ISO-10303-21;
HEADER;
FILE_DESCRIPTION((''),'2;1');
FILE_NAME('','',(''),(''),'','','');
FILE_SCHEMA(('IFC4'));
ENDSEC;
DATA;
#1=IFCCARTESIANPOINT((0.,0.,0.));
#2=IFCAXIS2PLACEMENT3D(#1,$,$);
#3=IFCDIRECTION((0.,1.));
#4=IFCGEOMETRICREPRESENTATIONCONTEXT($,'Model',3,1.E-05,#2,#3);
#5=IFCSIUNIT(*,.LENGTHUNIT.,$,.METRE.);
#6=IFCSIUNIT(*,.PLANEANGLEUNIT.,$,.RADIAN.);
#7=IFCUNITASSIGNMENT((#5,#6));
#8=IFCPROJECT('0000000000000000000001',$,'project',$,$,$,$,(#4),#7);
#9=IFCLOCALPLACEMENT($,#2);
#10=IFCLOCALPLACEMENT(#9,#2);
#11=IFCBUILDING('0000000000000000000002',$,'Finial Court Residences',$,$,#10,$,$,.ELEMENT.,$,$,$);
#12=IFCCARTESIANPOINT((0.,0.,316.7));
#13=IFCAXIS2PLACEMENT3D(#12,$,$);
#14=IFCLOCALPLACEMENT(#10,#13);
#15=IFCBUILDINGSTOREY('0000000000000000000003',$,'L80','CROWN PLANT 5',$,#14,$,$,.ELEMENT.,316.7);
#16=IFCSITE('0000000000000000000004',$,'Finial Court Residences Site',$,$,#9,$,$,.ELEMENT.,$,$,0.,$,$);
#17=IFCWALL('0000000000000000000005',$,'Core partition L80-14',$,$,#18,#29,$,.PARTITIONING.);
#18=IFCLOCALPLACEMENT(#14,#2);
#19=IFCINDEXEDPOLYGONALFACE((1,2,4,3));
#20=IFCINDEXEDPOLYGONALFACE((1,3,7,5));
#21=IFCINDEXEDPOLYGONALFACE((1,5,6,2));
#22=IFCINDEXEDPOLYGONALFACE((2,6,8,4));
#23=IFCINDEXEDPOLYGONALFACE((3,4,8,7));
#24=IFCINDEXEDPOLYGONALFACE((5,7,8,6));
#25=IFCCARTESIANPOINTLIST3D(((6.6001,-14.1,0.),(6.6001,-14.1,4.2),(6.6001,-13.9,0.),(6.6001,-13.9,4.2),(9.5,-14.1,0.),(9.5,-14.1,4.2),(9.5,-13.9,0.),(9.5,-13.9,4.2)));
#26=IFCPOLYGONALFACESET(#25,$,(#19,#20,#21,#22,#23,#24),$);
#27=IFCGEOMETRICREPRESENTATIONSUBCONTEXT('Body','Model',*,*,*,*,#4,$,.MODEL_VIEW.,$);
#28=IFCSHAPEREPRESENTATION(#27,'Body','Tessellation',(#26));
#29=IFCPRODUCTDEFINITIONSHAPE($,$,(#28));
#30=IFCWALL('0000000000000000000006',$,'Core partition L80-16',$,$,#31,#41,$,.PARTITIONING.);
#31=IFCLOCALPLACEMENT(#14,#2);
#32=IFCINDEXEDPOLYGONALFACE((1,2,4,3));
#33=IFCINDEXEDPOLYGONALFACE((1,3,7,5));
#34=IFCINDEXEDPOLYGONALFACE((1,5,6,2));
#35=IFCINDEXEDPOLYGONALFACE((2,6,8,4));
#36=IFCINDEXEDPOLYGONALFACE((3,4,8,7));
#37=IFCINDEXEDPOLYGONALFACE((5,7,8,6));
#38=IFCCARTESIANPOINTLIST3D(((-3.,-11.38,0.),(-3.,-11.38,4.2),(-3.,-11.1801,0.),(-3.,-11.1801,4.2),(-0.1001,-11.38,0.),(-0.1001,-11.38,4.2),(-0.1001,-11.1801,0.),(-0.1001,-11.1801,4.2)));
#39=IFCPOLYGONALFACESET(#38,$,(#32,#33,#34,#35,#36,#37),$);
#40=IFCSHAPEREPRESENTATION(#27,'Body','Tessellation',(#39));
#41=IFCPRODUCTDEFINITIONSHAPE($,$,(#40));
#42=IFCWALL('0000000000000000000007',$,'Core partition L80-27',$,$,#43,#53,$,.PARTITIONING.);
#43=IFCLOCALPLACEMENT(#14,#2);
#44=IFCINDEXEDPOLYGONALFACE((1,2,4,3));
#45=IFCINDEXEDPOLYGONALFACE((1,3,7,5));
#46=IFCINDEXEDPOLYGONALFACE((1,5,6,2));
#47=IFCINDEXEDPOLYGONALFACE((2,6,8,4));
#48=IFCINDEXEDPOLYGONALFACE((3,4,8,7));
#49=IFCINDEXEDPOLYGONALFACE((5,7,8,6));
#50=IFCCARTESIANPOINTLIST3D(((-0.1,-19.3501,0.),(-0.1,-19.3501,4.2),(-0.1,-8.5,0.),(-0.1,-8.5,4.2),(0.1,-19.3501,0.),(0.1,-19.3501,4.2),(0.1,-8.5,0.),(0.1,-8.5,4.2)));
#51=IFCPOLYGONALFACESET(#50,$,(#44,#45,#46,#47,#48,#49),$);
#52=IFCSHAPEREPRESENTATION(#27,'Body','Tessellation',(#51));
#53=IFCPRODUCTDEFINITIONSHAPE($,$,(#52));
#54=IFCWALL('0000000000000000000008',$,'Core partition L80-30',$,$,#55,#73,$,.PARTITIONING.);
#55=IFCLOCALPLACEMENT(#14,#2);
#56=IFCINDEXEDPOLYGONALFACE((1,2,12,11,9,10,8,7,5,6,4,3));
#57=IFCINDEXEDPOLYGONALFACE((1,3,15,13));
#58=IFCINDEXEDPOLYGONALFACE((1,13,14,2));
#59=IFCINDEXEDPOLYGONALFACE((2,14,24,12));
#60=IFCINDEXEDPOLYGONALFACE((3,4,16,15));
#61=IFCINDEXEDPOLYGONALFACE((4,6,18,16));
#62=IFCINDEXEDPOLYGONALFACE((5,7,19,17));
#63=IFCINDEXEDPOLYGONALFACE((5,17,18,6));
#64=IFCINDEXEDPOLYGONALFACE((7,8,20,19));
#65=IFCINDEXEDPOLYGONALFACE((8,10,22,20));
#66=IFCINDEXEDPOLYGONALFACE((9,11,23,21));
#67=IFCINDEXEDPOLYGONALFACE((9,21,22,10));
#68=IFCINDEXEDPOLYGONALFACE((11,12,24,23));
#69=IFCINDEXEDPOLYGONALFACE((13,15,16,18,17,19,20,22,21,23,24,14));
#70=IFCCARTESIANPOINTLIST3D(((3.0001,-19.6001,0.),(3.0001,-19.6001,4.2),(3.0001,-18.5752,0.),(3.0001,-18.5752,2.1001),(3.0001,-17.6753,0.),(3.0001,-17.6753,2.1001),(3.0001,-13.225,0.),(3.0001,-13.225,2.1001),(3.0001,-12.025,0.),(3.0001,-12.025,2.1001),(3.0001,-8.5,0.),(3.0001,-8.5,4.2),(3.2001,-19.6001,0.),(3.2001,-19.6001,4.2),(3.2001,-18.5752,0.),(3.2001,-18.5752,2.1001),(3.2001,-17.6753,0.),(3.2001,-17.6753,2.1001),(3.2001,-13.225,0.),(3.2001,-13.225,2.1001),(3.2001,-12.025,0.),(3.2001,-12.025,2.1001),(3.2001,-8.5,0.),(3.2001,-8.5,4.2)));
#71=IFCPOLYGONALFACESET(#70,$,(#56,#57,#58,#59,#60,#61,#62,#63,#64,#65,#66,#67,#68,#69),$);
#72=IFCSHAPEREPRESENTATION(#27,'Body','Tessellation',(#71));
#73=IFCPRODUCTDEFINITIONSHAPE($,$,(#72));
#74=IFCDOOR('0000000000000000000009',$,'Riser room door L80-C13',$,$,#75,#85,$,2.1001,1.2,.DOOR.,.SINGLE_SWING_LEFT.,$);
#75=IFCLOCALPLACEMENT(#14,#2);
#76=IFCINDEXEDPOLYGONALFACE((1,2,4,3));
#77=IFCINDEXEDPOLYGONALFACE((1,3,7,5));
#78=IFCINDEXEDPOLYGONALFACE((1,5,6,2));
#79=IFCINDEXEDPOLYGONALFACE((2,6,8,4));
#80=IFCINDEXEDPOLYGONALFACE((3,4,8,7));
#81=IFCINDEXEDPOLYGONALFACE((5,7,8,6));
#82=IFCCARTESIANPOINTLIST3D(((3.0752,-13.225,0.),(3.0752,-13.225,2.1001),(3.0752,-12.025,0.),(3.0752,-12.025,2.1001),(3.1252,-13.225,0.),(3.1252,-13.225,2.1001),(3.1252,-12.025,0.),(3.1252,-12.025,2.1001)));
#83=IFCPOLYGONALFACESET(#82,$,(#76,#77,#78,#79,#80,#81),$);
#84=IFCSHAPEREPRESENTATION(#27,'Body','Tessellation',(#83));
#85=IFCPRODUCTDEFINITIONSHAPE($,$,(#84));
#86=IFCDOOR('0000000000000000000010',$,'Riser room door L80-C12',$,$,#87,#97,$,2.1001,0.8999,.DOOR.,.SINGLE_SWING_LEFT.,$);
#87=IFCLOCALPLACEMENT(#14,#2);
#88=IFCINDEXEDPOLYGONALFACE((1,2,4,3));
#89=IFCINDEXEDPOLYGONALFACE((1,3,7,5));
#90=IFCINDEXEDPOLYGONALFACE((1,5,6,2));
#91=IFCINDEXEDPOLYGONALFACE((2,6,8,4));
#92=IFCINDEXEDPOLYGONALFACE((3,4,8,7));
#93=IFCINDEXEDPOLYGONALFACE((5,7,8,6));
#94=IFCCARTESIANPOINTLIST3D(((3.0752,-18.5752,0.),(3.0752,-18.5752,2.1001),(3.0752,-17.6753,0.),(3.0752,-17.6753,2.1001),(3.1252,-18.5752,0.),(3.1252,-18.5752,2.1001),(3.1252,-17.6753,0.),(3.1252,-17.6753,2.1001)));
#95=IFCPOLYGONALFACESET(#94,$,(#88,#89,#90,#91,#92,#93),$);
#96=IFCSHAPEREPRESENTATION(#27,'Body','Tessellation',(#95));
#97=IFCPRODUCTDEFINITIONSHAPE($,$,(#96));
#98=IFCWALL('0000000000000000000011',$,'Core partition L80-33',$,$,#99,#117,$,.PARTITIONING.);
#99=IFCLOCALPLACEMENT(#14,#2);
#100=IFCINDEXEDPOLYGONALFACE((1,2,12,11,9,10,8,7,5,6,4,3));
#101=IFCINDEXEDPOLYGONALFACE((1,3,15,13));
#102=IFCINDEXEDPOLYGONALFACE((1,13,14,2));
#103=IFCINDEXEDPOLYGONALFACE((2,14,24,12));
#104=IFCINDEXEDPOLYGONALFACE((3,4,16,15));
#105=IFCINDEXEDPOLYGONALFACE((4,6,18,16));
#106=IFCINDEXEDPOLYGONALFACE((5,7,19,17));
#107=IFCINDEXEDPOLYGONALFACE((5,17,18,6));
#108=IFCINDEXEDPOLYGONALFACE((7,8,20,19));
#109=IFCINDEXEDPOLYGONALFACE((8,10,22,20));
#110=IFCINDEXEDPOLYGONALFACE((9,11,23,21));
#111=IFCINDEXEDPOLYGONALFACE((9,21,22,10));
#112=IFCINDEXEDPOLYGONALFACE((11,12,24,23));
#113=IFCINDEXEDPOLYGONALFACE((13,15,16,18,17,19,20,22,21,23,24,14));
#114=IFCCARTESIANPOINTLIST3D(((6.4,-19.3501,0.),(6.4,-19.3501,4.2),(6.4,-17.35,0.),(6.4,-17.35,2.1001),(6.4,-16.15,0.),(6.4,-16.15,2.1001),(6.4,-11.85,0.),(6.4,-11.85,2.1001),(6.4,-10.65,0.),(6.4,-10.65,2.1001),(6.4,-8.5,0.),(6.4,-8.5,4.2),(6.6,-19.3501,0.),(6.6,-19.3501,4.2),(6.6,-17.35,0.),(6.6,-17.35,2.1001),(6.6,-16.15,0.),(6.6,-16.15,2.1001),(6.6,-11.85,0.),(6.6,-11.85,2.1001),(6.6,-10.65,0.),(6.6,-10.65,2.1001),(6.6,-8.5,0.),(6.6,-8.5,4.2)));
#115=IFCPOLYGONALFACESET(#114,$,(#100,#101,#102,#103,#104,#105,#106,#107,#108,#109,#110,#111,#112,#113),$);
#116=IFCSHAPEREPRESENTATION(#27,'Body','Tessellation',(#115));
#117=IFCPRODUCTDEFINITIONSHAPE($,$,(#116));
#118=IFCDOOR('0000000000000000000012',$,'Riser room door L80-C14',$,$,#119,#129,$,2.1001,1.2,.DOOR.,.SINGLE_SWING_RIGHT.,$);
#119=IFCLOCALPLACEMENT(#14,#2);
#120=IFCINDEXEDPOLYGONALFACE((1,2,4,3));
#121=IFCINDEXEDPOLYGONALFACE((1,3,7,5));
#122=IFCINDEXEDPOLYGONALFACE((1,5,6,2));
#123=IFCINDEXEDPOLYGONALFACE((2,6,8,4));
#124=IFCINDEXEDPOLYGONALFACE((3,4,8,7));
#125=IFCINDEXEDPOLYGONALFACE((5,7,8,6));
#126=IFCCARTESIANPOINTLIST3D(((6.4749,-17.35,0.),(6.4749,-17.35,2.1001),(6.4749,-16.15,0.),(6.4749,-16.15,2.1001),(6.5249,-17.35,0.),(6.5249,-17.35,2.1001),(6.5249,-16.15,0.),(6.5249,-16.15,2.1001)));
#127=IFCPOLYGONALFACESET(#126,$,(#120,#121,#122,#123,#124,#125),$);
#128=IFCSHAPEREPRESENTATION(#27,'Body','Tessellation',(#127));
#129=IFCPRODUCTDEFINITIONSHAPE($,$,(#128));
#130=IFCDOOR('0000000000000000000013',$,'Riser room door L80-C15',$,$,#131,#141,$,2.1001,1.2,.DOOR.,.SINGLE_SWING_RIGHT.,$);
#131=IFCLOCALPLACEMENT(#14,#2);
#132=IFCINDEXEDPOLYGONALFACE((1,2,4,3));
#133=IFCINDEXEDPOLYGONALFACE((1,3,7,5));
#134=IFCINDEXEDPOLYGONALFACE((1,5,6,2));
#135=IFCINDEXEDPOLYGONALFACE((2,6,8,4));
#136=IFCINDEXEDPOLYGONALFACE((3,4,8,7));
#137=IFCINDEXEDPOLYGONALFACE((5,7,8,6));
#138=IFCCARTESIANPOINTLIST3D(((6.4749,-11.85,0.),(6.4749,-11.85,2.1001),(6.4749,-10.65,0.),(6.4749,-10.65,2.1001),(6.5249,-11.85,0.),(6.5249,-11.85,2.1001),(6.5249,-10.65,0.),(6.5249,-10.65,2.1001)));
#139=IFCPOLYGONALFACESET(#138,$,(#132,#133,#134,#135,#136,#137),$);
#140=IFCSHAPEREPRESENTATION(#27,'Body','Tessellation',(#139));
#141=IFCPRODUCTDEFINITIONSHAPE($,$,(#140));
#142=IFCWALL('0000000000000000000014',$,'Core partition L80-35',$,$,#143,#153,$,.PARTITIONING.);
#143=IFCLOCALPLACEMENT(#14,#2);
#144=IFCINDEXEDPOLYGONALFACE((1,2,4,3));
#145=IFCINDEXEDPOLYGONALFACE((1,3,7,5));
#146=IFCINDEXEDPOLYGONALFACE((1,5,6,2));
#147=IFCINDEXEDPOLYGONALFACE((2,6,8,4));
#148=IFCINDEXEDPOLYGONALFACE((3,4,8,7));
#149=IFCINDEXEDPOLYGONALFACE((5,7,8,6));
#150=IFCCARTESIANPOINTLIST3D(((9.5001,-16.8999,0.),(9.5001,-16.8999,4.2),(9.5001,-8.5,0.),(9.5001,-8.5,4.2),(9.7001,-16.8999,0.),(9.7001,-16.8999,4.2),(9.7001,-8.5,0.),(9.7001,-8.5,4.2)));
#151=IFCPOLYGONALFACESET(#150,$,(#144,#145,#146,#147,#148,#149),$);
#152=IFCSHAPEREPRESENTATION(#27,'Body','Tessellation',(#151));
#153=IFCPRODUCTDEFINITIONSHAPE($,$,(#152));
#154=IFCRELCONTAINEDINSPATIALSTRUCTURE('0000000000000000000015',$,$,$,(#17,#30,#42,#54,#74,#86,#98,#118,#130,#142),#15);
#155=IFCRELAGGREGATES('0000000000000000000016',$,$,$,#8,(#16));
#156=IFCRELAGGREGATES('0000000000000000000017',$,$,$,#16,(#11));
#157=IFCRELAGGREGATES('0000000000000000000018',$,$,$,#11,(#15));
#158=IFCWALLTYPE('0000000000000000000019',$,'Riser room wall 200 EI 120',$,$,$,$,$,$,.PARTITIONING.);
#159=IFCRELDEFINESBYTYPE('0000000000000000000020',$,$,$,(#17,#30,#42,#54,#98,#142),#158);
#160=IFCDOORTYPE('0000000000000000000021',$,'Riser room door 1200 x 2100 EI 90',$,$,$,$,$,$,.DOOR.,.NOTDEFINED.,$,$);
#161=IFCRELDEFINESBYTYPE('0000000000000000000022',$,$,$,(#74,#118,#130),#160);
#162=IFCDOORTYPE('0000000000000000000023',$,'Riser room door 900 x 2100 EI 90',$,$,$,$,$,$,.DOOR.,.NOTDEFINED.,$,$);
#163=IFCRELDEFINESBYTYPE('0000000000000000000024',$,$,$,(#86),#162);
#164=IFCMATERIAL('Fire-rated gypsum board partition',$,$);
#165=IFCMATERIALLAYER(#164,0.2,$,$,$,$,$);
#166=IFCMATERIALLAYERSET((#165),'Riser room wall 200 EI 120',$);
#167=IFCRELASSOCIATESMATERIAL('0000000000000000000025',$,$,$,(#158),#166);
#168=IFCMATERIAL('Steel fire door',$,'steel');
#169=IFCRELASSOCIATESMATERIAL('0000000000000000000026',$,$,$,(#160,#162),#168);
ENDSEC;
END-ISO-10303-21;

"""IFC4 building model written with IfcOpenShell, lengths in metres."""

from ifc_helpers import new_model, si_unit, direction, frame, frame_2d, origin, place, context, subcontext, project, spatial, rectangle, extrude, material, layer, layer_set, type_object, element, fill, save


model = new_model("IFC4")

# Units and contexts
model_context = context("Model", 3, precision=1e-05, world=origin(), true_north=direction((0.0, 1.0)))
body_context = subcontext(model_context, "Body", "Model", "MODEL_VIEW")
ifc_project = project(units=[si_unit("LENGTHUNIT", "METRE"), si_unit("PLANEANGLEUNIT", "RADIAN")], contexts=[model_context])

# Site, building, storey
site_placement = place(None, origin())
site = spatial("IfcSite", under=ifc_project, at=site_placement, Name="Finial Court Residences Site", CompositionType="ELEMENT", RefElevation=0.0)
building_placement = place(site_placement, origin())
building = spatial("IfcBuilding", under=site, at=building_placement, Name="Finial Court Residences", CompositionType="ELEMENT")
storey_placement = place(building_placement, frame((0.0, 0.0, 316.7)))
storey = spatial("IfcBuildingStorey", under=building, at=storey_placement, Name="L80", Description="CROWN PLANT 5", CompositionType="ELEMENT", Elevation=316.7)

# Shared definitions
ifc_material_1 = material(Name="Fire-rated gypsum board partition")
ifc_material_2 = material(Name="Steel fire door", Category="steel")

# Walls
ifc_layer_1 = layer(ifc_material_1, 0.2)
ifc_layer_set_1 = layer_set([ifc_layer_1], Name="Riser room wall 200 EI 120")
wall_type_1 = type_object("IfcWallType", Name="Riser room wall 200 EI 120", PredefinedType="PARTITIONING", material=ifc_layer_set_1)
for number, where, z_axis, x_axis, name in (
    (1, (6.6001, -14.0, 0.0), (0.0, 0.0, 1.0), (1.0, 0.0, 0.0), "Core partition L80-14"),
    (2, (-3.0, -11.28, 0.0), (0.0, 0.0, 1.0), (1.0, 0.0, 0.0), "Core partition L80-16"),
):
    element("IfcWall", number, at=place(storey_placement, frame(where, z_axis=z_axis, x_axis=x_axis)), inside=storey, type_object=wall_type_1, Name=name, PredefinedType="PARTITIONING", context=body_context, shape_type="SweptSolid", body=[
        extrude(rectangle(XDim=2.8999, YDim=0.2, at=frame_2d((1.45, 0.0))), origin(), (0.0, 0.0, 1.0), 4.2),
    ])
wall_1_placement = place(storey_placement, frame((0.0, -19.3501, 0.0), z_axis=(0.0, 0.0, 1.0), x_axis=(0.0, 1.0, 0.0)))
element("IfcWall", 3, at=wall_1_placement, inside=storey, type_object=wall_type_1, Name="Core partition L80-27", PredefinedType="PARTITIONING", context=body_context, shape_type="SweptSolid", body=[
    extrude(rectangle(XDim=10.8501, YDim=0.2, at=frame_2d((5.425, 0.0))), origin(), (0.0, 0.0, 1.0), 4.2),
])

# Walls, openings, doors
wall_2_placement = place(storey_placement, frame((3.1001, -19.6001, 0.0), z_axis=(0.0, 0.0, 1.0), x_axis=(0.0, 1.0, 0.0)))
wall_2 = element("IfcWall", 4, at=wall_2_placement, inside=storey, type_object=wall_type_1, Name="Core partition L80-30", PredefinedType="PARTITIONING", context=body_context, shape_type="SweptSolid", body=[
    extrude(rectangle(XDim=11.1001, YDim=0.2, at=frame_2d((5.55, 0.0))), origin(), (0.0, 0.0, 1.0), 4.2),
])
opening_1_placement = place(wall_2_placement, frame((1.0249, 0.0, 0.0)))
opening_1 = element("IfcOpeningElement", 5, at=opening_1_placement, cuts=wall_2, PredefinedType="OPENING", context=body_context, shape_type="SweptSolid", body=[
    extrude(rectangle(XDim=0.8999, YDim=2.1001, at=frame_2d((0.45, 1.05))), frame((0.0, 0.1099, 0.0), z_axis=(0.0, -1.0, 0.0), x_axis=(1.0, 0.0, 0.0)), (0.0, 0.0, 1.0), 0.22),
])
opening_2_placement = place(wall_2_placement, frame((6.375, 0.0, 0.0)))
opening_2 = element("IfcOpeningElement", 6, at=opening_2_placement, cuts=wall_2, PredefinedType="OPENING", context=body_context, shape_type="SweptSolid", body=[
    extrude(rectangle(XDim=1.2, YDim=2.1001, at=frame_2d((0.6001, 1.05))), frame((0.0, 0.1099, 0.0), z_axis=(0.0, -1.0, 0.0), x_axis=(1.0, 0.0, 0.0)), (0.0, 0.0, 1.0), 0.22),
])
door_type_1 = type_object("IfcDoorType", Name="Riser room door 1200 x 2100 EI 90", OperationType="NOTDEFINED", PredefinedType="DOOR", material=ifc_material_2)
door_1_placement = place(opening_2_placement, origin())
door_1 = element("IfcDoor", 7, at=door_1_placement, inside=storey, type_object=door_type_1, Name="Riser room door L80-C13", OperationType="SINGLE_SWING_LEFT", OverallHeight=2.1001, OverallWidth=1.2, PredefinedType="DOOR", context=body_context, shape_type="SweptSolid", body=[
    extrude(rectangle(XDim=1.2, YDim=2.1001, at=frame_2d((0.6001, 1.05))), frame((0.0, 0.0249, 0.0), z_axis=(0.0, -1.0, 0.0), x_axis=(1.0, 0.0, 0.0)), (0.0, 0.0, 1.0), 0.05),
])
fill(opening_2, door_1)
door_type_2 = type_object("IfcDoorType", Name="Riser room door 900 x 2100 EI 90", OperationType="NOTDEFINED", PredefinedType="DOOR", material=ifc_material_2)
door_2_placement = place(opening_1_placement, origin())
door_2 = element("IfcDoor", 8, at=door_2_placement, inside=storey, type_object=door_type_2, Name="Riser room door L80-C12", OperationType="SINGLE_SWING_LEFT", OverallHeight=2.1001, OverallWidth=0.8999, PredefinedType="DOOR", context=body_context, shape_type="SweptSolid", body=[
    extrude(rectangle(XDim=0.8999, YDim=2.1001, at=frame_2d((0.45, 1.05))), frame((0.0, 0.0249, 0.0), z_axis=(0.0, -1.0, 0.0), x_axis=(1.0, 0.0, 0.0)), (0.0, 0.0, 1.0), 0.05),
])
fill(opening_1, door_2)
wall_3_placement = place(storey_placement, frame((6.5, -8.5, 0.0), z_axis=(0.0, 0.0, 1.0), x_axis=(0.0, -1.0, 0.0)))
wall_3 = element("IfcWall", 9, at=wall_3_placement, inside=storey, type_object=wall_type_1, Name="Core partition L80-33", PredefinedType="PARTITIONING", context=body_context, shape_type="SweptSolid", body=[
    extrude(rectangle(XDim=10.8501, YDim=0.2, at=frame_2d((5.425, 0.0))), origin(), (0.0, 0.0, 1.0), 4.2),
])
opening_3_placement = place(wall_3_placement, frame((7.6499, 0.0, 0.0)))
opening_3 = element("IfcOpeningElement", 10, at=opening_3_placement, cuts=wall_3, PredefinedType="OPENING", context=body_context, shape_type="SweptSolid", body=[
    extrude(rectangle(XDim=1.2, YDim=2.1001, at=frame_2d((0.6001, 1.05))), frame((0.0, 0.1099, 0.0), z_axis=(0.0, -1.0, 0.0), x_axis=(1.0, 0.0, 0.0)), (0.0, 0.0, 1.0), 0.22),
])
opening_4_placement = place(wall_3_placement, frame((2.1499, 0.0, 0.0)))
opening_4 = element("IfcOpeningElement", 11, at=opening_4_placement, cuts=wall_3, PredefinedType="OPENING", context=body_context, shape_type="SweptSolid", body=[
    extrude(rectangle(XDim=1.2, YDim=2.1001, at=frame_2d((0.6001, 1.05))), frame((0.0, 0.1099, 0.0), z_axis=(0.0, -1.0, 0.0), x_axis=(1.0, 0.0, 0.0)), (0.0, 0.0, 1.0), 0.22),
])
door_3_placement = place(opening_3_placement, origin())
door_3 = element("IfcDoor", 12, at=door_3_placement, inside=storey, type_object=door_type_1, Name="Riser room door L80-C14", OperationType="SINGLE_SWING_RIGHT", OverallHeight=2.1001, OverallWidth=1.2, PredefinedType="DOOR", context=body_context, shape_type="SweptSolid", body=[
    extrude(rectangle(XDim=1.2, YDim=2.1001, at=frame_2d((0.6001, 1.05))), frame((0.0, 0.0249, 0.0), z_axis=(0.0, -1.0, 0.0), x_axis=(1.0, 0.0, 0.0)), (0.0, 0.0, 1.0), 0.05),
])
fill(opening_3, door_3)
door_4_placement = place(opening_4_placement, origin())
door_4 = element("IfcDoor", 13, at=door_4_placement, inside=storey, type_object=door_type_1, Name="Riser room door L80-C15", OperationType="SINGLE_SWING_RIGHT", OverallHeight=2.1001, OverallWidth=1.2, PredefinedType="DOOR", context=body_context, shape_type="SweptSolid", body=[
    extrude(rectangle(XDim=1.2, YDim=2.1001, at=frame_2d((0.6001, 1.05))), frame((0.0, 0.0249, 0.0), z_axis=(0.0, -1.0, 0.0), x_axis=(1.0, 0.0, 0.0)), (0.0, 0.0, 1.0), 0.05),
])
fill(opening_4, door_4)

# Wall
wall_4_placement = place(storey_placement, frame((9.6001, -16.8999, 0.0), z_axis=(0.0, 0.0, 1.0), x_axis=(0.0, 1.0, 0.0)))
element("IfcWall", 14, at=wall_4_placement, inside=storey, type_object=wall_type_1, Name="Core partition L80-35", PredefinedType="PARTITIONING", context=body_context, shape_type="SweptSolid", body=[
    extrude(rectangle(XDim=8.3999, YDim=0.2, at=frame_2d((4.2, 0.0))), origin(), (0.0, 0.0, 1.0), 4.2),
])

save(model, "model.ifc")
